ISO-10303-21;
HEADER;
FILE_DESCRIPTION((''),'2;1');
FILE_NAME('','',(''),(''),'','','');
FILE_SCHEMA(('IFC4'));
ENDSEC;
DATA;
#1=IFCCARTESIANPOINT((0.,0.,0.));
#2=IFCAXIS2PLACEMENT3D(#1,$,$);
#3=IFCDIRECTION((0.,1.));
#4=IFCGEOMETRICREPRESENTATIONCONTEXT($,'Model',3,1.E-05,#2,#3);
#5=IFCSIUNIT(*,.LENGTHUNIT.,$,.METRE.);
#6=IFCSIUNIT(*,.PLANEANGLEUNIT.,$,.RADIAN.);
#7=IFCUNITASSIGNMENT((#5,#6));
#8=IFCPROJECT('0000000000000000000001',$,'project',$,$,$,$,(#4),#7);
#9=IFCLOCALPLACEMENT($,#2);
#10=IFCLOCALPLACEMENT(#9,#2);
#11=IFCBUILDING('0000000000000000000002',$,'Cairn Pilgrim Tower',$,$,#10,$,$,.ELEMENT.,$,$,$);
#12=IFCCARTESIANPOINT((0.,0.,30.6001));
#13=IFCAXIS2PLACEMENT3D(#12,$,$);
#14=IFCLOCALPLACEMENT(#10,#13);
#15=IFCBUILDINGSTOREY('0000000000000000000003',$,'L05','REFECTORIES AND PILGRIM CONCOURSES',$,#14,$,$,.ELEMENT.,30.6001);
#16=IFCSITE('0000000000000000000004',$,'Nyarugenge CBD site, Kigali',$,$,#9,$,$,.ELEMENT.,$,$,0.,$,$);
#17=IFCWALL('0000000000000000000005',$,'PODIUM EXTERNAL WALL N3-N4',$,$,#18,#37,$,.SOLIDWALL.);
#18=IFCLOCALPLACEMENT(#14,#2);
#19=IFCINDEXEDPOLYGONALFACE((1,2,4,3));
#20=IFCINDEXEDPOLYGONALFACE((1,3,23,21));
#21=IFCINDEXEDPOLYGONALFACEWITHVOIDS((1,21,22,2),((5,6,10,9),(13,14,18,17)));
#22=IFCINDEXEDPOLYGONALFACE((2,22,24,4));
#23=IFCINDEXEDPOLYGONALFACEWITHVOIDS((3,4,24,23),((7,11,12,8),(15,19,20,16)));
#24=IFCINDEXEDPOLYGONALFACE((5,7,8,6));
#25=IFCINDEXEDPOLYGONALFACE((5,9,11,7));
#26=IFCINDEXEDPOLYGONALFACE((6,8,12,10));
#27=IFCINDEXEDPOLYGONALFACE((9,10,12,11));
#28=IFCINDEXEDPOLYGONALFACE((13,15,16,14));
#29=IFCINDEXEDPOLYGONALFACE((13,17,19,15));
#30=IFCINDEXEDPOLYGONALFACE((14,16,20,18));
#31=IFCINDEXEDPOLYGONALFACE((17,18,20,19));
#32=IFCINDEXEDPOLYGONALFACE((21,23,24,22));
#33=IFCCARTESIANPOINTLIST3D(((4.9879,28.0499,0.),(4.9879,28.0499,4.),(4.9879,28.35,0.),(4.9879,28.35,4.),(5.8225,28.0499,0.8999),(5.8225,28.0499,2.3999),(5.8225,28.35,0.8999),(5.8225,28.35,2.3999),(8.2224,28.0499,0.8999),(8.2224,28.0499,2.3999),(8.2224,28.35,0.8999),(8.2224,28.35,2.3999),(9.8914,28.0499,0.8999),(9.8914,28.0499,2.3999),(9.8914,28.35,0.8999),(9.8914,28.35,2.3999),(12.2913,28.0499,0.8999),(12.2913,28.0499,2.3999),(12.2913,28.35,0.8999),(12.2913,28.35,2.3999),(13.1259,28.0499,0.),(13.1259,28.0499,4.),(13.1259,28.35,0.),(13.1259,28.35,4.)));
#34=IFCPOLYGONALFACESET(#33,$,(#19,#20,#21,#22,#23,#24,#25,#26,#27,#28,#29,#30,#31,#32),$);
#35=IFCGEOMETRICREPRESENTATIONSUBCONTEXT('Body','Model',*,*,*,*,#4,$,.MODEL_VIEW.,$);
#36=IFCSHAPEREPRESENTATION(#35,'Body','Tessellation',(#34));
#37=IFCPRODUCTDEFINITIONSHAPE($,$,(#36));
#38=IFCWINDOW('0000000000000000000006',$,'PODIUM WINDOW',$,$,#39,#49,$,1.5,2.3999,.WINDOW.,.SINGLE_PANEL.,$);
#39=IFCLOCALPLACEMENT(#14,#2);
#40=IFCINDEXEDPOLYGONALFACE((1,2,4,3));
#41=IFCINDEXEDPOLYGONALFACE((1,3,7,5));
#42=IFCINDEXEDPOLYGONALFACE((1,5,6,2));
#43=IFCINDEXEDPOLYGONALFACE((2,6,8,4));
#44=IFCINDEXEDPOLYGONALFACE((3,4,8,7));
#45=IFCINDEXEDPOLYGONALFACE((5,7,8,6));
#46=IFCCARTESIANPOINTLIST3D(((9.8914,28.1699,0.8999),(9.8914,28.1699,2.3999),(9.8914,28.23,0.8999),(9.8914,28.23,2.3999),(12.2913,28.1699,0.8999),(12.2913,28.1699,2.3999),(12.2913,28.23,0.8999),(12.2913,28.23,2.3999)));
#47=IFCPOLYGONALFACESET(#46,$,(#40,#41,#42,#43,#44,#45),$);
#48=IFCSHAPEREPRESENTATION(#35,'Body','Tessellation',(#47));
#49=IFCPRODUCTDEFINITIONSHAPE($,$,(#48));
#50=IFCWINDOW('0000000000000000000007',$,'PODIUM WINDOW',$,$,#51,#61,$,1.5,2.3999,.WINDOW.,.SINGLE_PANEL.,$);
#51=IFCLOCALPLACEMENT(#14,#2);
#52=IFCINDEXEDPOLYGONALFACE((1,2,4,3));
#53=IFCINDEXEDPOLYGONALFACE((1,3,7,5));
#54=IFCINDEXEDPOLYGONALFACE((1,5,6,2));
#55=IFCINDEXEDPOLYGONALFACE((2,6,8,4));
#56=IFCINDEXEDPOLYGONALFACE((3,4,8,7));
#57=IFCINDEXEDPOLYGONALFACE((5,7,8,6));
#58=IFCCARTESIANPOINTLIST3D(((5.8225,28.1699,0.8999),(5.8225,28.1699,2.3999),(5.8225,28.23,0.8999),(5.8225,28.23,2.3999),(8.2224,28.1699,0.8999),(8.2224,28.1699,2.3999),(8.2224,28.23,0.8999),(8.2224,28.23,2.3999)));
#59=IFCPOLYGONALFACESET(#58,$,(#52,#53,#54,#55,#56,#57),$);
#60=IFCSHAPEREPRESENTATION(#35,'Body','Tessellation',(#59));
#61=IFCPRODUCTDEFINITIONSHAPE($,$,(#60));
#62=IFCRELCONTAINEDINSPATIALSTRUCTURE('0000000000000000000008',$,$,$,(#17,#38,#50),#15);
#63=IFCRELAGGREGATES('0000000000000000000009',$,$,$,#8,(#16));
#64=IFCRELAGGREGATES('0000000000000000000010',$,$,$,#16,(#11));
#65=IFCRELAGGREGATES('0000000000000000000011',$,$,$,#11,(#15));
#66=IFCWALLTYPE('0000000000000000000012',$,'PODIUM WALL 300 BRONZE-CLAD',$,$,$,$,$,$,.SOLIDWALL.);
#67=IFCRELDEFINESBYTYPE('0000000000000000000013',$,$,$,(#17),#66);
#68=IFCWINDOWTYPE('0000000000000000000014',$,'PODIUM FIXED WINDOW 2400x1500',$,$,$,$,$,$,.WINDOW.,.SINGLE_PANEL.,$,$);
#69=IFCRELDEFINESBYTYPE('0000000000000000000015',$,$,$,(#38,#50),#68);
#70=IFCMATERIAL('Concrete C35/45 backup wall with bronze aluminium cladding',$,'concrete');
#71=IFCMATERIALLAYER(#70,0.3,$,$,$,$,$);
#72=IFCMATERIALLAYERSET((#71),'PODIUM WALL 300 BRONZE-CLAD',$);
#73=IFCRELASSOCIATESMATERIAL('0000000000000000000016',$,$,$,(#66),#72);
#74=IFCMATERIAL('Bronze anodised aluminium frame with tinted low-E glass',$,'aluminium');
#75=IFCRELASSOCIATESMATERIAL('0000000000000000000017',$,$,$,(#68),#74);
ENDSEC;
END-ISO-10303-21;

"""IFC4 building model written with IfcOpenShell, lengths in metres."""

from ifc_helpers import new_model, si_unit, direction, frame, frame_2d, origin, place, context, subcontext, project, spatial, rectangle, extrude, material, layer, layer_set, type_object, element, fill, save


model = new_model("IFC4")

# Units and contexts
model_context = context("Model", 3, precision=1e-05, world=origin(), true_north=direction((0.0, 1.0)))
body_context = subcontext(model_context, "Body", "Model", "MODEL_VIEW")
ifc_project = project(units=[si_unit("LENGTHUNIT", "METRE"), si_unit("PLANEANGLEUNIT", "RADIAN")], contexts=[model_context])

# Site, building, storey
site_placement = place(None, origin())
site = spatial("IfcSite", under=ifc_project, at=site_placement, Name="Nyarugenge CBD site, Kigali", CompositionType="ELEMENT", RefElevation=0.0)
building_placement = place(site_placement, origin())
building = spatial("IfcBuilding", under=site, at=building_placement, Name="Cairn Pilgrim Tower", CompositionType="ELEMENT")
storey_placement = place(building_placement, frame((0.0, 0.0, 30.6001)))
storey = spatial("IfcBuildingStorey", under=building, at=storey_placement, Name="L05", Description="REFECTORIES AND PILGRIM CONCOURSES", CompositionType="ELEMENT", Elevation=30.6001)

# Wall, openings, windows
ifc_material_1 = material(Name="Concrete C35/45 backup wall with bronze aluminium cladding", Category="concrete")
ifc_layer_1 = layer(ifc_material_1, 0.3)
ifc_layer_set_1 = layer_set([ifc_layer_1], Name="PODIUM WALL 300 BRONZE-CLAD")
wall_type_1 = type_object("IfcWallType", Name="PODIUM WALL 300 BRONZE-CLAD", PredefinedType="SOLIDWALL", material=ifc_layer_set_1)
wall_1_placement = place(storey_placement, frame((13.1257, 28.2, 0.0), z_axis=(0.0, 0.0, 1.0), x_axis=(-1.0, 0.0, 0.0)))
wall_1 = element("IfcWall", 1, at=wall_1_placement, inside=storey, type_object=wall_type_1, Name="PODIUM EXTERNAL WALL N3-N4", PredefinedType="SOLIDWALL", context=body_context, shape_type="SweptSolid", body=[
    extrude(rectangle(XDim=8.1379, YDim=0.3, at=frame_2d((4.0688, 0.0))), origin(), (0.0, 0.0, 1.0), 4.0),
])
opening_1_placement = place(wall_1_placement, frame((0.8345, 0.0, 0.8999)))
opening_1 = element("IfcOpeningElement", 2, at=opening_1_placement, cuts=wall_1, PredefinedType="OPENING", context=body_context, shape_type="SweptSolid", body=[
    extrude(rectangle(XDim=2.3999, YDim=1.5, at=frame_2d((1.2, 0.75))), frame((0.0, 0.1602, 0.0), z_axis=(0.0, -1.0, 0.0), x_axis=(1.0, 0.0, 0.0)), (0.0, 0.0, 1.0), 0.3201),
])
opening_2_placement = place(wall_1_placement, frame((4.9033, 0.0, 0.8999)))
opening_2 = element("IfcOpeningElement", 3, at=opening_2_placement, cuts=wall_1, PredefinedType="OPENING", context=body_context, shape_type="SweptSolid", body=[
    extrude(rectangle(XDim=2.3999, YDim=1.5, at=frame_2d((1.2, 0.75))), frame((0.0, 0.1602, 0.0), z_axis=(0.0, -1.0, 0.0), x_axis=(1.0, 0.0, 0.0)), (0.0, 0.0, 1.0), 0.3201),
])
ifc_material_2 = material(Name="Bronze anodised aluminium frame with tinted low-E glass", Category="aluminium")
window_type = type_object("IfcWindowType", Name="PODIUM FIXED WINDOW 2400x1500", PartitioningType="SINGLE_PANEL", PredefinedType="WINDOW", material=ifc_material_2)
window_1_placement = place(opening_1_placement, origin())
window_1 = element("IfcWindow", 4, at=window_1_placement, inside=storey, type_object=window_type, Name="PODIUM WINDOW", OverallHeight=1.5, OverallWidth=2.3999, PartitioningType="SINGLE_PANEL", PredefinedType="WINDOW", context=body_context, shape_type="SweptSolid", body=[
    extrude(rectangle(XDim=2.3999, YDim=1.5, at=frame_2d((1.2, 0.75))), frame((0.0, 0.03, 0.0), z_axis=(0.0, -1.0, 0.0), x_axis=(1.0, 0.0, 0.0)), (0.0, 0.0, 1.0), 0.0601),
])
fill(opening_1, window_1)
window_2_placement = place(opening_2_placement, origin())
window_2 = element("IfcWindow", 5, at=window_2_placement, inside=storey, type_object=window_type, Name="PODIUM WINDOW", OverallHeight=1.5, OverallWidth=2.3999, PartitioningType="SINGLE_PANEL", PredefinedType="WINDOW", context=body_context, shape_type="SweptSolid", body=[
    extrude(rectangle(XDim=2.3999, YDim=1.5, at=frame_2d((1.2, 0.75))), frame((0.0, 0.03, 0.0), z_axis=(0.0, -1.0, 0.0), x_axis=(1.0, 0.0, 0.0)), (0.0, 0.0, 1.0), 0.0601),
])
fill(opening_2, window_2)

save(model, "model.ifc")
